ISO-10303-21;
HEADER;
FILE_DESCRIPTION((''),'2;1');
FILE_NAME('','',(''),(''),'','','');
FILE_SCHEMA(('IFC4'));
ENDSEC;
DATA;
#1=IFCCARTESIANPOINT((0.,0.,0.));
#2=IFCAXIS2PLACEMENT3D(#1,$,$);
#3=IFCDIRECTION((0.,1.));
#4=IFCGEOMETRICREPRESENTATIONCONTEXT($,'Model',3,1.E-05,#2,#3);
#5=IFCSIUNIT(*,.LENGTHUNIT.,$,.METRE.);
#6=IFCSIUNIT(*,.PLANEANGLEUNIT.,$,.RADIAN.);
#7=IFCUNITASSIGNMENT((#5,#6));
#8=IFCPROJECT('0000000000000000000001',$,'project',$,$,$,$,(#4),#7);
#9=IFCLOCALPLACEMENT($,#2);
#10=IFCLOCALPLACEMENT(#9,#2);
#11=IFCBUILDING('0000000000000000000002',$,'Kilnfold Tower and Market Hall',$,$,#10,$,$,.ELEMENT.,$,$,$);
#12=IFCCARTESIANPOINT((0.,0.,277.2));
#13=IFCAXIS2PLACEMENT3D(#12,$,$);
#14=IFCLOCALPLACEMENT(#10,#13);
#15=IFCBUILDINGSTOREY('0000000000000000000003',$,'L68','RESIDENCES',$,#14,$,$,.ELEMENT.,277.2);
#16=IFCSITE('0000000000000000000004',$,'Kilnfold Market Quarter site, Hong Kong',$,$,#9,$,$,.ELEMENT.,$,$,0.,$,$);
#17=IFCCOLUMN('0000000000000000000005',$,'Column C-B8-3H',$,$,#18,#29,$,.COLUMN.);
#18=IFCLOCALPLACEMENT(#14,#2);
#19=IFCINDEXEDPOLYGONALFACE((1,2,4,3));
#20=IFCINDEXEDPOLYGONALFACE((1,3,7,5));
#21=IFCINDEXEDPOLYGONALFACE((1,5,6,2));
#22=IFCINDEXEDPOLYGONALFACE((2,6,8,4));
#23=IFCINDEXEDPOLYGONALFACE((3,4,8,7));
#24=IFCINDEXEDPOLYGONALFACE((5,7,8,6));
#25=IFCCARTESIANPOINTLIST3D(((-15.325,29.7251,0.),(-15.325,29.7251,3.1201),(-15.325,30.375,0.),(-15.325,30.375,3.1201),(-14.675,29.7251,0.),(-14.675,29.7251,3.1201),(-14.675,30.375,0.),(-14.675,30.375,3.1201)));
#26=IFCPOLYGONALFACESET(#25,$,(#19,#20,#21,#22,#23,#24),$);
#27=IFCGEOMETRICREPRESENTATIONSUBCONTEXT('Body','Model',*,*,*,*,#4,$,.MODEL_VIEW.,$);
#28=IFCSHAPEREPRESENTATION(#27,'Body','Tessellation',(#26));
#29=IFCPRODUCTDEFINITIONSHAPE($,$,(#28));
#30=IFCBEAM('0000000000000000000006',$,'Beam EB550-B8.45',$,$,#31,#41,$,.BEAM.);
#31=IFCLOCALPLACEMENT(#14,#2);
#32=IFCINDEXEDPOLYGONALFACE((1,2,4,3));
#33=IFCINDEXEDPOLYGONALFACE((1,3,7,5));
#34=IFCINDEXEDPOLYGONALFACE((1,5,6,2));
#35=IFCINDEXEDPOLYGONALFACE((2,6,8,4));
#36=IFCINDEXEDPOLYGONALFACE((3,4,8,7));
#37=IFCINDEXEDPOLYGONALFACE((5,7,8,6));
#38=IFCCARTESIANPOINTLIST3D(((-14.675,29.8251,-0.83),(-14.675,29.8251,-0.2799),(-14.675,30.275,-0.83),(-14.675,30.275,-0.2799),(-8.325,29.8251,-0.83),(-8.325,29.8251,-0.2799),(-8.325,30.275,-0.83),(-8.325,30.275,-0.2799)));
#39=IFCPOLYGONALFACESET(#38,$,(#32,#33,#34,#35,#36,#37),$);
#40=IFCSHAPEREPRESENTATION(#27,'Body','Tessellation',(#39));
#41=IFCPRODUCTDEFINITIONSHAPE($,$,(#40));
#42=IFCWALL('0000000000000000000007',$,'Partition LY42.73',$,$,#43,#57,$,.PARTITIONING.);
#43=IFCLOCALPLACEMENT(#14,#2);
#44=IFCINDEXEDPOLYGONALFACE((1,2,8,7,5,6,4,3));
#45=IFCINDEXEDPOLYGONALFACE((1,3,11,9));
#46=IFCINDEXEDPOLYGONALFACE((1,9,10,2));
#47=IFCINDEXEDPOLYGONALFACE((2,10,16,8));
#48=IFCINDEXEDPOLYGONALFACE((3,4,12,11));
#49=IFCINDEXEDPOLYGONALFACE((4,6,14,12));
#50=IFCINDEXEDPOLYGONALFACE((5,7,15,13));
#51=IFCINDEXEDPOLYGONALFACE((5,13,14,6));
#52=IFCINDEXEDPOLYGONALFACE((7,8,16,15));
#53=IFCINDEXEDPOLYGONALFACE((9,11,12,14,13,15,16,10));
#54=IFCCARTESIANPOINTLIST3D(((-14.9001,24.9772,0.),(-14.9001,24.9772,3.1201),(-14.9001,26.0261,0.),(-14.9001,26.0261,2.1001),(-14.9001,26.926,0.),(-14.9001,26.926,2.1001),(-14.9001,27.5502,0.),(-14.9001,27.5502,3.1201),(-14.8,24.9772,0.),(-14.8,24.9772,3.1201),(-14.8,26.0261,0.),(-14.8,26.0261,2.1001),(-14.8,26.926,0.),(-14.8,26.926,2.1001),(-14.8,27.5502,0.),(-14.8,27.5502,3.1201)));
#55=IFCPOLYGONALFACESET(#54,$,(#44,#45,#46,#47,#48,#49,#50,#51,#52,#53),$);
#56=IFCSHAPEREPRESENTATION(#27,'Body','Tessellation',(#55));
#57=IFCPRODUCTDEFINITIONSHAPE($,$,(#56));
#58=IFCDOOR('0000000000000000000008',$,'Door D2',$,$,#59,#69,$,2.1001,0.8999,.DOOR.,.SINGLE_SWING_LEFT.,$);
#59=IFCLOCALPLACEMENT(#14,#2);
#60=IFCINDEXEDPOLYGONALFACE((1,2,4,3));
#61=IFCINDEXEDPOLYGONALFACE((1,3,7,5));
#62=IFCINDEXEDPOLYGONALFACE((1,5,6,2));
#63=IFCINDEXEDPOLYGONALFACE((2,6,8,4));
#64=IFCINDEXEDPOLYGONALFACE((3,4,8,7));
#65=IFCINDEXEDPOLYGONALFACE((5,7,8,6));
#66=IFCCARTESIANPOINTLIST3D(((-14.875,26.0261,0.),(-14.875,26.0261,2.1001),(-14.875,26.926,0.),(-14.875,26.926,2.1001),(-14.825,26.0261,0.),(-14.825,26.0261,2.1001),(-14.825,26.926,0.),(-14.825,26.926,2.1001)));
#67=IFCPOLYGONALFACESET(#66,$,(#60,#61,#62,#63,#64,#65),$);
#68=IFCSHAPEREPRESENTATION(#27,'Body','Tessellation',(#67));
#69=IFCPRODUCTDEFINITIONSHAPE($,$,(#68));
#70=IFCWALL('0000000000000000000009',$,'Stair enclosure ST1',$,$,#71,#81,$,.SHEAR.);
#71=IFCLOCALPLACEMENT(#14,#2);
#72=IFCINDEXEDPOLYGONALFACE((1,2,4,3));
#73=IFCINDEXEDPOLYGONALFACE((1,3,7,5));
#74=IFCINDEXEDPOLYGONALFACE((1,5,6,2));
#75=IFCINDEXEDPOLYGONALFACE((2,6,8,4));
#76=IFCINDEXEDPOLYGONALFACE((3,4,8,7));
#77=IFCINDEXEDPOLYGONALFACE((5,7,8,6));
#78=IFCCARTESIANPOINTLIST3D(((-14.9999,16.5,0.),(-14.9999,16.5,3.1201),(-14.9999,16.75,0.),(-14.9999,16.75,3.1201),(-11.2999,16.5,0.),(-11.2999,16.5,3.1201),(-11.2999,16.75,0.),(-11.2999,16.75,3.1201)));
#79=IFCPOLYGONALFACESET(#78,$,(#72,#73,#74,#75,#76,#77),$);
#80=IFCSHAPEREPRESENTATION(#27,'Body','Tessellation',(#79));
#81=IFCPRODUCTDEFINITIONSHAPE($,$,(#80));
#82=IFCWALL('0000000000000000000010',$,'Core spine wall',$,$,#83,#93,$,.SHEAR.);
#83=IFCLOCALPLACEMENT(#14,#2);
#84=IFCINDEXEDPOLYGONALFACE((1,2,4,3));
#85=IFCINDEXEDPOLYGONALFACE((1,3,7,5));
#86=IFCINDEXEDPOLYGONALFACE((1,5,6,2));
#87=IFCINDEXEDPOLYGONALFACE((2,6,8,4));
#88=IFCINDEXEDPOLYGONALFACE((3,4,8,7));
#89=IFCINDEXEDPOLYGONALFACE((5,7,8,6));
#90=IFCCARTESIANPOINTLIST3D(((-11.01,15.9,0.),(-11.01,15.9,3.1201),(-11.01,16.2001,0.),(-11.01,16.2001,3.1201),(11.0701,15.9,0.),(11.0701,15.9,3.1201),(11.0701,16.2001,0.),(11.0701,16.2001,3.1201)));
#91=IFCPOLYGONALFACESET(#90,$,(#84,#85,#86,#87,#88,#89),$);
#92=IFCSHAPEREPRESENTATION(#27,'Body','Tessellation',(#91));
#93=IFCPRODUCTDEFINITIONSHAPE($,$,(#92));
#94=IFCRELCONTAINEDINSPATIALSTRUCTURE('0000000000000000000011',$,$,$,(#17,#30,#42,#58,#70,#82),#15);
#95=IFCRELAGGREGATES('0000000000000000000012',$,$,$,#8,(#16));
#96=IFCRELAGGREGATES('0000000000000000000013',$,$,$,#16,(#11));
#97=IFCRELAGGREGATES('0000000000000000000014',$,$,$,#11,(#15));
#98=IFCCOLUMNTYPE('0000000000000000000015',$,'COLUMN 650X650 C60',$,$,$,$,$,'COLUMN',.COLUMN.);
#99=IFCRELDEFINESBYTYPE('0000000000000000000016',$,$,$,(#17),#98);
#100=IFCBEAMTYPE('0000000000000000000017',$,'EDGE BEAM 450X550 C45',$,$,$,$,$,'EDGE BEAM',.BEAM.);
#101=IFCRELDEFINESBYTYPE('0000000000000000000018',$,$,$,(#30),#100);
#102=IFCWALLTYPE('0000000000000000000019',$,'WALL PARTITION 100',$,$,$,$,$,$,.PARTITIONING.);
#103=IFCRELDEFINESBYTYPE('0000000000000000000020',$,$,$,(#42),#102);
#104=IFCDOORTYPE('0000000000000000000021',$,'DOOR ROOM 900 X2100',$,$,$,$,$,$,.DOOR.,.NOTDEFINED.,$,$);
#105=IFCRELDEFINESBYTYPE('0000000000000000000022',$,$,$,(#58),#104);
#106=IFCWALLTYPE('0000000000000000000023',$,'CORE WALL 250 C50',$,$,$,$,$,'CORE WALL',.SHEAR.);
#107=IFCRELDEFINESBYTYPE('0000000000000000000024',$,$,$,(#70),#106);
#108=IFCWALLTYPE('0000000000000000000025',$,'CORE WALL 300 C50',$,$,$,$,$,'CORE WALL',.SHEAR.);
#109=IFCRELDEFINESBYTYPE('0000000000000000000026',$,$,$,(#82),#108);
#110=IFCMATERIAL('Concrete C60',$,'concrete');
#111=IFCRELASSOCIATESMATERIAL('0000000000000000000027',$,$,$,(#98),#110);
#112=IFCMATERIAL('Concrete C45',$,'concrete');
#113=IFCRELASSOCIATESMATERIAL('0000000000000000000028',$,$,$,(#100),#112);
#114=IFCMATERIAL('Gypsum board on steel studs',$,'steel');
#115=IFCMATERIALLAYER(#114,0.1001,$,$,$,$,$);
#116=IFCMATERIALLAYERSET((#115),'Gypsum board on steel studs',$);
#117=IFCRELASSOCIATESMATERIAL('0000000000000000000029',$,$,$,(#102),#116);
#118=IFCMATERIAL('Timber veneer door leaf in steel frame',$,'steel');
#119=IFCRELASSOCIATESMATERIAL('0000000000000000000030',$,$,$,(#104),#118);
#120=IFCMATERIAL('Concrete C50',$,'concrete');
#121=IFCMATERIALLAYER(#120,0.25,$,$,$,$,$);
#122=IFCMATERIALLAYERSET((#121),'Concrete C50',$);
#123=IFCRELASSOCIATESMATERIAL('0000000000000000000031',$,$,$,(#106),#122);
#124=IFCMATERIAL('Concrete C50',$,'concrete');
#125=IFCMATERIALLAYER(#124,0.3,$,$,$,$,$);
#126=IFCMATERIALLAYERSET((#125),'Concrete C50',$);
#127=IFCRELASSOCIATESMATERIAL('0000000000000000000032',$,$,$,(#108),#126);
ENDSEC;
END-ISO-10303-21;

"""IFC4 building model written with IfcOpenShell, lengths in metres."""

from ifc_helpers import new_model, si_unit, direction, frame, frame_2d, origin, origin_2d, place, context, subcontext, project, spatial, rectangle, extrude, source, transform, mapped, material, layer, layer_set, material_profile, profile_set, type_object, element, fill, save


model = new_model("IFC4")

# Units and contexts
model_context = context("Model", 3, precision=1e-05, world=origin(), true_north=direction((0.0, 1.0)))
body_context = subcontext(model_context, "Body", "Model", "MODEL_VIEW")
ifc_project = project(units=[si_unit("LENGTHUNIT", "METRE"), si_unit("PLANEANGLEUNIT", "RADIAN")], contexts=[model_context])

# Site, building, storey
site_placement = place(None, origin())
site = spatial("IfcSite", under=ifc_project, at=site_placement, Name="Kilnfold Market Quarter site, Hong Kong", CompositionType="ELEMENT", RefElevation=0.0)
building_placement = place(site_placement, origin())
building = spatial("IfcBuilding", under=site, at=building_placement, Name="Kilnfold Tower and Market Hall", CompositionType="ELEMENT")
storey_placement = place(building_placement, frame((0.0, 0.0, 277.2)))
storey = spatial("IfcBuildingStorey", under=building, at=storey_placement, Name="L68", Description="RESIDENCES", CompositionType="ELEMENT", Elevation=277.2)

# Column
ifc_material_1 = material(Name="Concrete C60", Category="concrete")
ifc_material_profile_1 = material_profile(ifc_material_1, rectangle(XDim=0.6499, YDim=0.6499, at=origin_2d()), Name="RC 650x650")
ifc_profile_set_1 = profile_set([ifc_material_profile_1], Name="Concrete C60")
column_type = type_object("IfcColumnType", Name="COLUMN 650X650 C60", ElementType="COLUMN", PredefinedType="COLUMN", material=ifc_profile_set_1)
shared_shape_1 = source(origin(), body_context, "Body", "SweptSolid", [
    extrude(rectangle(XDim=0.6499, YDim=0.6499, at=origin_2d()), origin(), (0.0, 0.0, 1.0), 3.1201),
])
column_placement = place(storey_placement, frame((-15.0, 30.05, 0.0), z_axis=(0.0, 0.0, 1.0), x_axis=(1.0, 0.0, 0.0)))
element("IfcColumn", 1, at=column_placement, inside=storey, type_object=column_type, Name="Column C-B8-3H", PredefinedType="COLUMN", context=body_context, shape_type="MappedRepresentation", body=[
    mapped(shared_shape_1, transform((0.0, 0.0, 0.0))),
])

# Beam
ifc_material_2 = material(Name="Concrete C45", Category="concrete")
ifc_material_profile_2 = material_profile(ifc_material_2, rectangle(XDim=0.45, YDim=0.55, at=origin_2d()), Name="RC 450x550")
ifc_profile_set_2 = profile_set([ifc_material_profile_2], Name="Concrete C45")
beam_type = type_object("IfcBeamType", Name="EDGE BEAM 450X550 C45", ElementType="EDGE BEAM", PredefinedType="BEAM", material=ifc_profile_set_2)
shared_shape_2 = source(origin(), body_context, "Body", "SweptSolid", [
    extrude(rectangle(XDim=0.45, YDim=0.55, at=origin_2d()), origin(), (0.0, 0.0, 1.0), 6.3501),
])
beam_placement = place(storey_placement, frame((-14.675, 30.05, -0.5549), z_axis=(1.0, 0.0, 0.0), x_axis=(0.0, 1.0, 0.0)))
element("IfcBeam", 2, at=beam_placement, inside=storey, type_object=beam_type, Name="Beam EB550-B8.45", PredefinedType="BEAM", context=body_context, shape_type="MappedRepresentation", body=[
    mapped(shared_shape_2, transform((0.0, 0.0, 0.0))),
])

# Wall, opening, door
ifc_material_3 = material(Name="Gypsum board on steel studs", Category="steel")
ifc_layer_1 = layer(ifc_material_3, 0.1001)
ifc_layer_set_1 = layer_set([ifc_layer_1], Name="Gypsum board on steel studs")
wall_type_1 = type_object("IfcWallType", Name="WALL PARTITION 100", PredefinedType="PARTITIONING", material=ifc_layer_set_1)
wall_1_placement = place(storey_placement, frame((-14.8501, 24.9771, 0.0), z_axis=(0.0, 0.0, 1.0), x_axis=(0.0, 1.0, 0.0)))
wall_1 = element("IfcWall", 3, at=wall_1_placement, inside=storey, type_object=wall_type_1, Name="Partition LY42.73", PredefinedType="PARTITIONING", context=body_context, shape_type="SweptSolid", body=[
    extrude(rectangle(XDim=2.573, YDim=0.1001, at=frame_2d((1.2866, 0.0))), origin(), (0.0, 0.0, 1.0), 3.1201),
])
opening_1_placement = place(wall_1_placement, frame((1.0491, 0.0, 0.0)))
opening_1 = element("IfcOpeningElement", 4, at=opening_1_placement, cuts=wall_1, PredefinedType="OPENING", context=body_context, shape_type="SweptSolid", body=[
    extrude(rectangle(XDim=0.8999, YDim=2.1001, at=frame_2d((0.45, 1.05))), frame((0.0, 0.0601, 0.0), z_axis=(0.0, -1.0, 0.0), x_axis=(1.0, 0.0, 0.0)), (0.0, 0.0, 1.0), 0.1201),
])
ifc_material_4 = material(Name="Timber veneer door leaf in steel frame", Category="steel")
door_type_1 = type_object("IfcDoorType", Name="DOOR ROOM 900 X2100", OperationType="NOTDEFINED", PredefinedType="DOOR", material=ifc_material_4)
door_1_placement = place(opening_1_placement, origin())
door_1 = element("IfcDoor", 5, at=door_1_placement, inside=storey, type_object=door_type_1, Name="Door D2", OperationType="SINGLE_SWING_LEFT", OverallHeight=2.1001, OverallWidth=0.8999, PredefinedType="DOOR", context=body_context, shape_type="SweptSolid", body=[
    extrude(rectangle(XDim=0.8999, YDim=2.1001, at=frame_2d((0.45, 1.05))), frame((0.0, 0.0249, 0.0), z_axis=(0.0, -1.0, 0.0), x_axis=(1.0, 0.0, 0.0)), (0.0, 0.0, 1.0), 0.05),
])
fill(opening_1, door_1)

# Walls
ifc_material_5 = material(Name="Concrete C50", Category="concrete")
ifc_layer_2 = layer(ifc_material_5, 0.25)
ifc_layer_set_2 = layer_set([ifc_layer_2], Name="Concrete C50")
wall_type_2 = type_object("IfcWallType", Name="CORE WALL 250 C50", ElementType="CORE WALL", PredefinedType="SHEAR", material=ifc_layer_set_2)
shared_shape_3 = source(origin(), body_context, "Body", "SweptSolid", [
    extrude(rectangle(XDim=3.7, YDim=0.25, at=frame_2d((1.8501, 0.0))), origin(), (0.0, 0.0, 1.0), 3.1201),
])
wall_2_placement = place(storey_placement, frame((-15.0, 16.625, 0.0), z_axis=(0.0, 0.0, 1.0), x_axis=(1.0, 0.0, 0.0)))
element("IfcWall", 6, at=wall_2_placement, inside=storey, type_object=wall_type_2, Name="Stair enclosure ST1", PredefinedType="SHEAR", context=body_context, shape_type="MappedRepresentation", body=[
    mapped(shared_shape_3, transform((0.0, 0.0, 0.0))),
])
ifc_material_6 = material(Name="Concrete C50", Category="concrete")
ifc_layer_3 = layer(ifc_material_6, 0.3)
ifc_layer_set_3 = layer_set([ifc_layer_3], Name="Concrete C50")
wall_type_3 = type_object("IfcWallType", Name="CORE WALL 300 C50", ElementType="CORE WALL", PredefinedType="SHEAR", material=ifc_layer_set_3)
shared_shape_4 = source(origin(), body_context, "Body", "SweptSolid", [
    extrude(rectangle(XDim=22.0801, YDim=0.3, at=frame_2d((11.04, 0.0))), origin(), (0.0, 0.0, 1.0), 3.1201),
])
wall_3_placement = place(storey_placement, frame((-11.01, 16.05, 0.0), z_axis=(0.0, 0.0, 1.0), x_axis=(1.0, 0.0, 0.0)))
element("IfcWall", 7, at=wall_3_placement, inside=storey, type_object=wall_type_3, Name="Core spine wall", PredefinedType="SHEAR", context=body_context, shape_type="MappedRepresentation", body=[
    mapped(shared_shape_4, transform((0.0, 0.0, 0.0))),
])

save(model, "model.ifc")
